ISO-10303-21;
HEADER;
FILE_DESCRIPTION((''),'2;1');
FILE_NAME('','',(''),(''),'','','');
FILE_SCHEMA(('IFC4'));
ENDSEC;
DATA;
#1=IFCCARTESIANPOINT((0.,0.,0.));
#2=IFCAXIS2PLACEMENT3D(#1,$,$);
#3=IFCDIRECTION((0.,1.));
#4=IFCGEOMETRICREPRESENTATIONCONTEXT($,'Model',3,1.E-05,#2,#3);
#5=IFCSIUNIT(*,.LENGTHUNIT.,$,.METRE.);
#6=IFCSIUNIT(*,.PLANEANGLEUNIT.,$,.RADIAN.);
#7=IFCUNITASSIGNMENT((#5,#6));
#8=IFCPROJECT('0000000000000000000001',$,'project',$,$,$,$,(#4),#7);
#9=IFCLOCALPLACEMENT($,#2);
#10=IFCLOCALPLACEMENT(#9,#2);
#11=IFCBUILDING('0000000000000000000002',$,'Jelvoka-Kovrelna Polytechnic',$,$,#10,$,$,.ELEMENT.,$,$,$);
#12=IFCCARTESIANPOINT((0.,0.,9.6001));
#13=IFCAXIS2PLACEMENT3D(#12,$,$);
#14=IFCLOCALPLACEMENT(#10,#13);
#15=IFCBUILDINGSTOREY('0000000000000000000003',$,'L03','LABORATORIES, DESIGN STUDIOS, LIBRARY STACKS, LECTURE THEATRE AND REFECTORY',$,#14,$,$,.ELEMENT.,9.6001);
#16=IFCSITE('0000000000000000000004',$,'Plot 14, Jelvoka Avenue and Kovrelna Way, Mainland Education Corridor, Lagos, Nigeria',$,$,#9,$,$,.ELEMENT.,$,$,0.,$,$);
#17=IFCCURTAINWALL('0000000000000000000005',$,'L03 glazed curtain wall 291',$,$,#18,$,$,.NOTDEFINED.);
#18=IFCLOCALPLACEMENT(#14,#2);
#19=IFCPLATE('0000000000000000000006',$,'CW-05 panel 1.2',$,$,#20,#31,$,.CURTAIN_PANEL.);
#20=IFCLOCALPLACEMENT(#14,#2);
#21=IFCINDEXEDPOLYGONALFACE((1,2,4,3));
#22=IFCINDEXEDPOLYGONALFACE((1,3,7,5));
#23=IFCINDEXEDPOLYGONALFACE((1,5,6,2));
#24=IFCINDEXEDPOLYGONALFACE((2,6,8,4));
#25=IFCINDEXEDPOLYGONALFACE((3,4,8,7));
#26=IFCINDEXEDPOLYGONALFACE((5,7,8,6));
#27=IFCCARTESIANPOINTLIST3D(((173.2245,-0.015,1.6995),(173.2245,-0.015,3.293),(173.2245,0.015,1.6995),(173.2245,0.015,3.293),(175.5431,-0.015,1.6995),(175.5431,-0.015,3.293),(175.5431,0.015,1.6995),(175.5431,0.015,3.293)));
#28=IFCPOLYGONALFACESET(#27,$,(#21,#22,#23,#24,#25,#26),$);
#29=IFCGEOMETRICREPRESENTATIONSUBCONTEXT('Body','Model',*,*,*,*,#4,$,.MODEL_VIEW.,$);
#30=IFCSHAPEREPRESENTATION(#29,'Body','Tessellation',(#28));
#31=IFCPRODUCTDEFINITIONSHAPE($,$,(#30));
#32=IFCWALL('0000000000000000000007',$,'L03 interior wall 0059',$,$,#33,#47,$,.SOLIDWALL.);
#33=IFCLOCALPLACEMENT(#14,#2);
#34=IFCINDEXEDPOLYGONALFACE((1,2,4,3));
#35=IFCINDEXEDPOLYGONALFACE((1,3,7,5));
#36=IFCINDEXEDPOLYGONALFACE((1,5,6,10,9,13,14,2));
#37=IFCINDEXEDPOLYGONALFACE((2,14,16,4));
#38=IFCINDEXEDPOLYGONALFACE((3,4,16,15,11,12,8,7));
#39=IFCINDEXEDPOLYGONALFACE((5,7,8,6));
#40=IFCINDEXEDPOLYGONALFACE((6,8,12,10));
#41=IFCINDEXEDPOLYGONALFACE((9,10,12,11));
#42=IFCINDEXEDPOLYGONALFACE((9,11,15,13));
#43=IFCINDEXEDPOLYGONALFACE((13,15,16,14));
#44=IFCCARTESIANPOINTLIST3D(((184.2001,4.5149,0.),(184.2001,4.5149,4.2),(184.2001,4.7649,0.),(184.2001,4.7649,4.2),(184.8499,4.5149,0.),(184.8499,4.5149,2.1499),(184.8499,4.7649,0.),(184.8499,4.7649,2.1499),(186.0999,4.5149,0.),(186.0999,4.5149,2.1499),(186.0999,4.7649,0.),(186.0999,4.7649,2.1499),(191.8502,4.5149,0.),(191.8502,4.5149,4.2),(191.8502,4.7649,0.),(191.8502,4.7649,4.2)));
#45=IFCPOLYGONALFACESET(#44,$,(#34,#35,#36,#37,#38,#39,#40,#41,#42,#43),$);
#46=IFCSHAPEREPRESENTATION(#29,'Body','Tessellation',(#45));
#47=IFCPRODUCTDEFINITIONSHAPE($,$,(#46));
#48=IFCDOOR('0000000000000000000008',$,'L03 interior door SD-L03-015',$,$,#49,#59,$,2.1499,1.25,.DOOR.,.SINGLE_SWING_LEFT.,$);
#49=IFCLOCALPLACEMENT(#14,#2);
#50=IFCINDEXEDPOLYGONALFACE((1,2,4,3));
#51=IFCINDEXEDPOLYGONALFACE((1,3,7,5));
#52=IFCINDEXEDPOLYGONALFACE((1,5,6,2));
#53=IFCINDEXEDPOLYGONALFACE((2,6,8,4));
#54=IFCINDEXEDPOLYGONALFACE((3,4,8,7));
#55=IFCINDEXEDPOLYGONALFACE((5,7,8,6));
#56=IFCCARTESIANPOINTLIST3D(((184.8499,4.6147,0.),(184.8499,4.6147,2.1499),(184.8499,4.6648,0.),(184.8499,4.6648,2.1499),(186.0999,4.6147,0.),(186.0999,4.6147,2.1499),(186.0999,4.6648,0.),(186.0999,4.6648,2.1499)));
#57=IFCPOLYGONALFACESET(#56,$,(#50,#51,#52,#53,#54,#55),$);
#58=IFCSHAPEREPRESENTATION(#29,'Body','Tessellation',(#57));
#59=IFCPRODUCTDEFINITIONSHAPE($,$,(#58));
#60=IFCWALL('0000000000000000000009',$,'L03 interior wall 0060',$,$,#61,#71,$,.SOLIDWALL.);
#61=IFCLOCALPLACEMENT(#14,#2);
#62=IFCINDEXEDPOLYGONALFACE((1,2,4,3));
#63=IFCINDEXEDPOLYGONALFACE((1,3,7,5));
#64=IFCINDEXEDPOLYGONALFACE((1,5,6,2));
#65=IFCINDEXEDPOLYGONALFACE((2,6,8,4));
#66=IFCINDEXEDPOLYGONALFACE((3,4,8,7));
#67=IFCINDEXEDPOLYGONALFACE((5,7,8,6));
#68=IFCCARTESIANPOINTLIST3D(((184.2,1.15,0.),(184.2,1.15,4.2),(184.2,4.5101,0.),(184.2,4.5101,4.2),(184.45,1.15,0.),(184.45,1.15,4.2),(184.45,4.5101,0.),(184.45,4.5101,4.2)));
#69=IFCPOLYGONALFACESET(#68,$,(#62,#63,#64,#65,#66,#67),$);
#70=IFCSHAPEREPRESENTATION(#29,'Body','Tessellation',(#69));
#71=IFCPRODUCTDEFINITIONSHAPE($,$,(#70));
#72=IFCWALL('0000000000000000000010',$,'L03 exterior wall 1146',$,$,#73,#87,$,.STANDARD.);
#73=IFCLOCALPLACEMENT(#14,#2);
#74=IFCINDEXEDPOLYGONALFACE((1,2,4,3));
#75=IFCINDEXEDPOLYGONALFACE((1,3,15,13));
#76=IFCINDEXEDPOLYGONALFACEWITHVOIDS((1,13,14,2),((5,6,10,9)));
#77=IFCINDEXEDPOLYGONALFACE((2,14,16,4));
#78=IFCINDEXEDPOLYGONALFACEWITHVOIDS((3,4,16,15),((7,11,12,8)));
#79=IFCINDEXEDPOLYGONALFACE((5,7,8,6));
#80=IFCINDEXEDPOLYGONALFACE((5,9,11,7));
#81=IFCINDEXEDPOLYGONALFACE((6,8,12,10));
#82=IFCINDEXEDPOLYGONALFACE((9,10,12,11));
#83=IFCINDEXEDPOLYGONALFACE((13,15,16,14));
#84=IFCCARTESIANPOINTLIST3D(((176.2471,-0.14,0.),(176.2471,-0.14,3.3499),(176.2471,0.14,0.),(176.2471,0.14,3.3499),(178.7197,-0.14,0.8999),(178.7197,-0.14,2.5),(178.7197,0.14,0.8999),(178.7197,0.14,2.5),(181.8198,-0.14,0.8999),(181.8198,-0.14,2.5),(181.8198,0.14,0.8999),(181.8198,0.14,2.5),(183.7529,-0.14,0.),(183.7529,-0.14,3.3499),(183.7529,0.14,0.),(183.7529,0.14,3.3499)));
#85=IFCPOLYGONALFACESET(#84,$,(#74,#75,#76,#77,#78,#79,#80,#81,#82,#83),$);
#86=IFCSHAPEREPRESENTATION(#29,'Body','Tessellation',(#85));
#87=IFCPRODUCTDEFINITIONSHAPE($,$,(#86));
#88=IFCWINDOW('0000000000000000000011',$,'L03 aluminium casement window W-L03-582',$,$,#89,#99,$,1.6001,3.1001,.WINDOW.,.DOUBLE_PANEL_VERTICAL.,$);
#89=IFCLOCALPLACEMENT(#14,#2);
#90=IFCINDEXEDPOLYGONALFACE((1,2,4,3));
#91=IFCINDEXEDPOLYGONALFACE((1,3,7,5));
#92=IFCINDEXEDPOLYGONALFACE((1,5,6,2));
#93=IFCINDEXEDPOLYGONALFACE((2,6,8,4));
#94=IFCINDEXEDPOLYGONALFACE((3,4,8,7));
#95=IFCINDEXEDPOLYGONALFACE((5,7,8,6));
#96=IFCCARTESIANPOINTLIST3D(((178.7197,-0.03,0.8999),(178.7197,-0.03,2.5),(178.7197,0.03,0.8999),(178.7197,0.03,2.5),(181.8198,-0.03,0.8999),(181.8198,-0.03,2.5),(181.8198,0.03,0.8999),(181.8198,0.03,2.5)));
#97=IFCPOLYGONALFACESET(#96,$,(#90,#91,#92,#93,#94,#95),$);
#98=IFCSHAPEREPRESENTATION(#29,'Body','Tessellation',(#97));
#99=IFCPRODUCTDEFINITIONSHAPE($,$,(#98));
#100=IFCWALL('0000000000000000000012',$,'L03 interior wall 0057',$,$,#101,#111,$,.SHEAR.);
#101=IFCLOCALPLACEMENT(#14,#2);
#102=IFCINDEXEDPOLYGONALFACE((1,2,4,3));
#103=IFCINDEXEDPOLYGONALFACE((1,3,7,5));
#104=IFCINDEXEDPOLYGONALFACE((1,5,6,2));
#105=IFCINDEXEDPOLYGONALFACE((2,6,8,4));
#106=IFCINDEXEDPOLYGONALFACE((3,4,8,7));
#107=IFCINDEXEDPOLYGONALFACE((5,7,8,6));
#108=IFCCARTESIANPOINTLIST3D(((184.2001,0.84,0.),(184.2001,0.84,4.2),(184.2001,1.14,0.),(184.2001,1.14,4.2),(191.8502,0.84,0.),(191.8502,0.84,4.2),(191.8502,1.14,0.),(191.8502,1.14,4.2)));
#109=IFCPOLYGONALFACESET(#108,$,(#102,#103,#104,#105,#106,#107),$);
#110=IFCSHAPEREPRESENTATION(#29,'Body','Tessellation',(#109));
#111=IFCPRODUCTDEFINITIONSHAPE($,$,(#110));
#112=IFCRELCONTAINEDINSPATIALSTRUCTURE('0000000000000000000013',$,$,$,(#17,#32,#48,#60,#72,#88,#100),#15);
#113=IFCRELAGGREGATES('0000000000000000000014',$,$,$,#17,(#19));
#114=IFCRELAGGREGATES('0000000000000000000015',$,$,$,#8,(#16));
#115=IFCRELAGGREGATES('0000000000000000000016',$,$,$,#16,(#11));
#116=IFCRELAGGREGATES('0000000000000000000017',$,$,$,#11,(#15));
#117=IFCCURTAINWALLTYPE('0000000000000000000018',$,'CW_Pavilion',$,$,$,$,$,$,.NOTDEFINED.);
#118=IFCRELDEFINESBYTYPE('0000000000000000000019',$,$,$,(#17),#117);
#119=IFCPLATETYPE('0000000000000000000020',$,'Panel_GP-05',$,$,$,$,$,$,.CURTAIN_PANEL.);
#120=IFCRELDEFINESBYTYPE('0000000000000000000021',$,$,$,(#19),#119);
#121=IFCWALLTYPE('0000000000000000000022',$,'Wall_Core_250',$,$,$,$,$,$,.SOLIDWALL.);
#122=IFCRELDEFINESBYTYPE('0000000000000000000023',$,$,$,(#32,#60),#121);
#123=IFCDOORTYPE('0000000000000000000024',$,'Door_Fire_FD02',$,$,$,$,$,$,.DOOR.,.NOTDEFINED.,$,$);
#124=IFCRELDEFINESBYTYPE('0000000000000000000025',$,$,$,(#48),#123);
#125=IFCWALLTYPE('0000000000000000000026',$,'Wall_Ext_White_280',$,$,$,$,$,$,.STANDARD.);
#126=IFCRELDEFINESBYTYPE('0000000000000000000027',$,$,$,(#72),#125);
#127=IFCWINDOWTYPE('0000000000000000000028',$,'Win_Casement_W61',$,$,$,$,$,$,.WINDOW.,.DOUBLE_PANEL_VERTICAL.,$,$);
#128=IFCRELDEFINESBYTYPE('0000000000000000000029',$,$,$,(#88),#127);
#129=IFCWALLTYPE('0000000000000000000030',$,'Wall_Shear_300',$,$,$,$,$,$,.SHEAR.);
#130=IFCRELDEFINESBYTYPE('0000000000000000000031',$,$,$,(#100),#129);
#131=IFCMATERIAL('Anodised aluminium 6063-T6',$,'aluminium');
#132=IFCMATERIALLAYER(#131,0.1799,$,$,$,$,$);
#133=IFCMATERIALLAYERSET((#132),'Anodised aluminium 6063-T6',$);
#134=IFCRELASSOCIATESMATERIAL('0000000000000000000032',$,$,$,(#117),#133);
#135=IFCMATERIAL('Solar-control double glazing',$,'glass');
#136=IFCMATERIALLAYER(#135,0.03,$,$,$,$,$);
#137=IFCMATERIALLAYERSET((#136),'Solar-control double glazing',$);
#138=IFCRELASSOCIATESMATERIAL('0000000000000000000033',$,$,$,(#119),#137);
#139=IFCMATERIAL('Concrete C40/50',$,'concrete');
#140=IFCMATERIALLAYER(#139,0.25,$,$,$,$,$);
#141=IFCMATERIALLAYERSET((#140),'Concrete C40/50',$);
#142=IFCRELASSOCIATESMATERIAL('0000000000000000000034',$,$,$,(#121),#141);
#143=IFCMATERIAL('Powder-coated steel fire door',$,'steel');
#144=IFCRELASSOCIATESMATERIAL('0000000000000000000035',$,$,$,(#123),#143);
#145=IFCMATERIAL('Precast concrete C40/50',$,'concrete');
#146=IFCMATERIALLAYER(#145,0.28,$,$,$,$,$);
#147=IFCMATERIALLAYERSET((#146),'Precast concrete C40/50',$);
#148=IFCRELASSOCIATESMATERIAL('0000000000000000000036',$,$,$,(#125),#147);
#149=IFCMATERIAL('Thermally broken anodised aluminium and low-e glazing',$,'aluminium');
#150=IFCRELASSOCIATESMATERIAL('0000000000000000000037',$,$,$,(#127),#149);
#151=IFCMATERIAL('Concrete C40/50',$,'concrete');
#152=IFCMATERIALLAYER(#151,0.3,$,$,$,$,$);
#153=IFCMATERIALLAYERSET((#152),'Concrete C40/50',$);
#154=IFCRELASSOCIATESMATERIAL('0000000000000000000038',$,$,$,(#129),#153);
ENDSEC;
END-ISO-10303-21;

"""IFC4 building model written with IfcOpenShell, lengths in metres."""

from ifc_helpers import new_model, si_unit, direction, frame, frame_2d, origin, origin_2d, place, context, subcontext, project, spatial, rectangle, extrude, material, layer, layer_set, type_object, element, fill, aggregate, save


model = new_model("IFC4")

# Units and contexts
model_context = context("Model", 3, precision=1e-05, world=origin(), true_north=direction((0.0, 1.0)))
body_context = subcontext(model_context, "Body", "Model", "MODEL_VIEW")
ifc_project = project(units=[si_unit("LENGTHUNIT", "METRE"), si_unit("PLANEANGLEUNIT", "RADIAN")], contexts=[model_context])

# Site, building, storey
site_placement = place(None, origin())
site = spatial("IfcSite", under=ifc_project, at=site_placement, Name="Plot 14, Jelvoka Avenue and Kovrelna Way, Mainland Education Corridor, Lagos, Nigeria", CompositionType="ELEMENT", RefElevation=0.0)
building_placement = place(site_placement, origin())
building = spatial("IfcBuilding", under=site, at=building_placement, Name="Jelvoka-Kovrelna Polytechnic", CompositionType="ELEMENT")
storey_placement = place(building_placement, frame((0.0, 0.0, 9.6001)))
storey = spatial("IfcBuildingStorey", under=building, at=storey_placement, Name="L03", Description="LABORATORIES, DESIGN STUDIOS, LIBRARY STACKS, LECTURE THEATRE AND REFECTORY", CompositionType="ELEMENT", Elevation=9.6001)

# Curtain wall
ifc_material_1 = material(Name="Anodised aluminium 6063-T6", Category="aluminium")
ifc_layer_1 = layer(ifc_material_1, 0.1799)
ifc_layer_set_1 = layer_set([ifc_layer_1], Name="Anodised aluminium 6063-T6")
curtain_wall_type = type_object("IfcCurtainWallType", Name="CW_Pavilion", PredefinedType="NOTDEFINED", material=ifc_layer_set_1)
curtain_wall_placement = place(storey_placement, origin())
curtain_wall = element("IfcCurtainWall", 1, at=curtain_wall_placement, inside=storey, type_object=curtain_wall_type, Name="L03 glazed curtain wall 291", PredefinedType="NOTDEFINED")

# Plate
ifc_material_2 = material(Name="Solar-control double glazing", Category="glass")
ifc_layer_2 = layer(ifc_material_2, 0.03)
ifc_layer_set_2 = layer_set([ifc_layer_2], Name="Solar-control double glazing")
plate_type = type_object("IfcPlateType", Name="Panel_GP-05", PredefinedType="CURTAIN_PANEL", material=ifc_layer_set_2)
plate_1_placement = place(storey_placement, frame((174.3838, 0.0, 1.6995), z_axis=(0.0, 0.0, 1.0), x_axis=(-1.0, 0.0, 0.0)))
plate_1 = element("IfcPlate", 2, at=plate_1_placement, type_object=plate_type, Name="CW-05 panel 1.2", PredefinedType="CURTAIN_PANEL", context=body_context, shape_type="SweptSolid", body=[
    extrude(rectangle(XDim=2.3186, YDim=0.03, at=origin_2d()), origin(), (0.0, 0.0, 1.0), 1.5935),
])
aggregate(curtain_wall, [plate_1])

# Wall, opening, door
ifc_material_3 = material(Name="Concrete C40/50", Category="concrete")
ifc_layer_3 = layer(ifc_material_3, 0.25)
ifc_layer_set_3 = layer_set([ifc_layer_3], Name="Concrete C40/50")
wall_type_1 = type_object("IfcWallType", Name="Wall_Core_250", PredefinedType="SOLIDWALL", material=ifc_layer_set_3)
wall_1_placement = place(storey_placement, frame((184.2, 4.6399, 0.0), z_axis=(0.0, 0.0, 1.0), x_axis=(1.0, 0.0, 0.0)))
wall_1 = element("IfcWall", 3, at=wall_1_placement, inside=storey, type_object=wall_type_1, Name="L03 interior wall 0059", PredefinedType="SOLIDWALL", context=body_context, shape_type="SweptSolid", body=[
    extrude(rectangle(XDim=7.6501, YDim=0.25, at=frame_2d((3.8252, 0.0))), origin(), (0.0, 0.0, 1.0), 4.2),
])
opening_1_placement = place(wall_1_placement, frame((0.6499, 0.0, 0.0)))
opening_1 = element("IfcOpeningElement", 4, at=opening_1_placement, cuts=wall_1, PredefinedType="OPENING", context=body_context, shape_type="SweptSolid", body=[
    extrude(rectangle(XDim=1.25, YDim=2.1499, at=frame_2d((0.625, 1.075))), frame((0.0, 0.135, 0.0), z_axis=(0.0, -1.0, 0.0), x_axis=(1.0, 0.0, 0.0)), (0.0, 0.0, 1.0), 0.27),
])
ifc_material_4 = material(Name="Powder-coated steel fire door", Category="steel")
door_type = type_object("IfcDoorType", Name="Door_Fire_FD02", OperationType="NOTDEFINED", PredefinedType="DOOR", material=ifc_material_4)
door_placement = place(opening_1_placement, origin())
door = element("IfcDoor", 5, at=door_placement, inside=storey, type_object=door_type, Name="L03 interior door SD-L03-015", OperationType="SINGLE_SWING_LEFT", OverallHeight=2.1499, OverallWidth=1.25, PredefinedType="DOOR", context=body_context, shape_type="SweptSolid", body=[
    extrude(rectangle(XDim=1.25, YDim=2.1499, at=frame_2d((0.625, 1.075))), frame((0.0, 0.0249, 0.0), z_axis=(0.0, -1.0, 0.0), x_axis=(1.0, 0.0, 0.0)), (0.0, 0.0, 1.0), 0.05),
])
fill(opening_1, door)

# Wall
wall_2_placement = place(storey_placement, frame((184.325, 1.1499, 0.0), z_axis=(0.0, 0.0, 1.0), x_axis=(0.0, 1.0, 0.0)))
element("IfcWall", 6, at=wall_2_placement, inside=storey, type_object=wall_type_1, Name="L03 interior wall 0060", PredefinedType="SOLIDWALL", context=body_context, shape_type="SweptSolid", body=[
    extrude(rectangle(XDim=3.3601, YDim=0.25, at=frame_2d((1.6802, 0.0))), origin(), (0.0, 0.0, 1.0), 4.2),
])

# Wall, opening, window
ifc_material_5 = material(Name="Precast concrete C40/50", Category="concrete")
ifc_layer_4 = layer(ifc_material_5, 0.28)
ifc_layer_set_4 = layer_set([ifc_layer_4], Name="Precast concrete C40/50")
wall_type_2 = type_object("IfcWallType", Name="Wall_Ext_White_280", PredefinedType="STANDARD", material=ifc_layer_set_4)
wall_3_placement = place(storey_placement, frame((183.7529, 0.0, 0.0), z_axis=(0.0, 0.0, 1.0), x_axis=(-1.0, 0.0, 0.0)))
wall_3 = element("IfcWall", 7, at=wall_3_placement, inside=storey, type_object=wall_type_2, Name="L03 exterior wall 1146", PredefinedType="STANDARD", context=body_context, shape_type="SweptSolid", body=[
    extrude(rectangle(XDim=7.5059, YDim=0.28, at=frame_2d((3.7529, 0.0))), origin(), (0.0, 0.0, 1.0), 3.3499),
])
opening_2_placement = place(wall_3_placement, frame((1.9331, 0.0, 0.8999)))
opening_2 = element("IfcOpeningElement", 8, at=opening_2_placement, cuts=wall_3, PredefinedType="OPENING", context=body_context, shape_type="SweptSolid", body=[
    extrude(rectangle(XDim=3.1001, YDim=1.6001, at=frame_2d((1.55, 0.8))), frame((0.0, 0.1501, 0.0), z_axis=(0.0, -1.0, 0.0), x_axis=(1.0, 0.0, 0.0)), (0.0, 0.0, 1.0), 0.3),
])
ifc_material_6 = material(Name="Thermally broken anodised aluminium and low-e glazing", Category="aluminium")
window_type = type_object("IfcWindowType", Name="Win_Casement_W61", PartitioningType="DOUBLE_PANEL_VERTICAL", PredefinedType="WINDOW", material=ifc_material_6)
window_placement = place(opening_2_placement, origin())
window = element("IfcWindow", 9, at=window_placement, inside=storey, type_object=window_type, Name="L03 aluminium casement window W-L03-582", OverallHeight=1.6001, OverallWidth=3.1001, PartitioningType="DOUBLE_PANEL_VERTICAL", PredefinedType="WINDOW", context=body_context, shape_type="SweptSolid", body=[
    extrude(rectangle(XDim=3.1001, YDim=1.6001, at=frame_2d((1.55, 0.8))), frame((0.0, 0.03, 0.0), z_axis=(0.0, -1.0, 0.0), x_axis=(1.0, 0.0, 0.0)), (0.0, 0.0, 1.0), 0.0601),
])
fill(opening_2, window)

# Wall
ifc_material_7 = material(Name="Concrete C40/50", Category="concrete")
ifc_layer_5 = layer(ifc_material_7, 0.3)
ifc_layer_set_5 = layer_set([ifc_layer_5], Name="Concrete C40/50")
wall_type_3 = type_object("IfcWallType", Name="Wall_Shear_300", PredefinedType="SHEAR", material=ifc_layer_set_5)
wall_4_placement = place(storey_placement, frame((184.2, 0.99, 0.0), z_axis=(0.0, 0.0, 1.0), x_axis=(1.0, 0.0, 0.0)))
element("IfcWall", 10, at=wall_4_placement, inside=storey, type_object=wall_type_3, Name="L03 interior wall 0057", PredefinedType="SHEAR", context=body_context, shape_type="SweptSolid", body=[
    extrude(rectangle(XDim=7.6501, YDim=0.3, at=frame_2d((3.8252, 0.0))), origin(), (0.0, 0.0, 1.0), 4.2),
])

save(model, "model.ifc")
